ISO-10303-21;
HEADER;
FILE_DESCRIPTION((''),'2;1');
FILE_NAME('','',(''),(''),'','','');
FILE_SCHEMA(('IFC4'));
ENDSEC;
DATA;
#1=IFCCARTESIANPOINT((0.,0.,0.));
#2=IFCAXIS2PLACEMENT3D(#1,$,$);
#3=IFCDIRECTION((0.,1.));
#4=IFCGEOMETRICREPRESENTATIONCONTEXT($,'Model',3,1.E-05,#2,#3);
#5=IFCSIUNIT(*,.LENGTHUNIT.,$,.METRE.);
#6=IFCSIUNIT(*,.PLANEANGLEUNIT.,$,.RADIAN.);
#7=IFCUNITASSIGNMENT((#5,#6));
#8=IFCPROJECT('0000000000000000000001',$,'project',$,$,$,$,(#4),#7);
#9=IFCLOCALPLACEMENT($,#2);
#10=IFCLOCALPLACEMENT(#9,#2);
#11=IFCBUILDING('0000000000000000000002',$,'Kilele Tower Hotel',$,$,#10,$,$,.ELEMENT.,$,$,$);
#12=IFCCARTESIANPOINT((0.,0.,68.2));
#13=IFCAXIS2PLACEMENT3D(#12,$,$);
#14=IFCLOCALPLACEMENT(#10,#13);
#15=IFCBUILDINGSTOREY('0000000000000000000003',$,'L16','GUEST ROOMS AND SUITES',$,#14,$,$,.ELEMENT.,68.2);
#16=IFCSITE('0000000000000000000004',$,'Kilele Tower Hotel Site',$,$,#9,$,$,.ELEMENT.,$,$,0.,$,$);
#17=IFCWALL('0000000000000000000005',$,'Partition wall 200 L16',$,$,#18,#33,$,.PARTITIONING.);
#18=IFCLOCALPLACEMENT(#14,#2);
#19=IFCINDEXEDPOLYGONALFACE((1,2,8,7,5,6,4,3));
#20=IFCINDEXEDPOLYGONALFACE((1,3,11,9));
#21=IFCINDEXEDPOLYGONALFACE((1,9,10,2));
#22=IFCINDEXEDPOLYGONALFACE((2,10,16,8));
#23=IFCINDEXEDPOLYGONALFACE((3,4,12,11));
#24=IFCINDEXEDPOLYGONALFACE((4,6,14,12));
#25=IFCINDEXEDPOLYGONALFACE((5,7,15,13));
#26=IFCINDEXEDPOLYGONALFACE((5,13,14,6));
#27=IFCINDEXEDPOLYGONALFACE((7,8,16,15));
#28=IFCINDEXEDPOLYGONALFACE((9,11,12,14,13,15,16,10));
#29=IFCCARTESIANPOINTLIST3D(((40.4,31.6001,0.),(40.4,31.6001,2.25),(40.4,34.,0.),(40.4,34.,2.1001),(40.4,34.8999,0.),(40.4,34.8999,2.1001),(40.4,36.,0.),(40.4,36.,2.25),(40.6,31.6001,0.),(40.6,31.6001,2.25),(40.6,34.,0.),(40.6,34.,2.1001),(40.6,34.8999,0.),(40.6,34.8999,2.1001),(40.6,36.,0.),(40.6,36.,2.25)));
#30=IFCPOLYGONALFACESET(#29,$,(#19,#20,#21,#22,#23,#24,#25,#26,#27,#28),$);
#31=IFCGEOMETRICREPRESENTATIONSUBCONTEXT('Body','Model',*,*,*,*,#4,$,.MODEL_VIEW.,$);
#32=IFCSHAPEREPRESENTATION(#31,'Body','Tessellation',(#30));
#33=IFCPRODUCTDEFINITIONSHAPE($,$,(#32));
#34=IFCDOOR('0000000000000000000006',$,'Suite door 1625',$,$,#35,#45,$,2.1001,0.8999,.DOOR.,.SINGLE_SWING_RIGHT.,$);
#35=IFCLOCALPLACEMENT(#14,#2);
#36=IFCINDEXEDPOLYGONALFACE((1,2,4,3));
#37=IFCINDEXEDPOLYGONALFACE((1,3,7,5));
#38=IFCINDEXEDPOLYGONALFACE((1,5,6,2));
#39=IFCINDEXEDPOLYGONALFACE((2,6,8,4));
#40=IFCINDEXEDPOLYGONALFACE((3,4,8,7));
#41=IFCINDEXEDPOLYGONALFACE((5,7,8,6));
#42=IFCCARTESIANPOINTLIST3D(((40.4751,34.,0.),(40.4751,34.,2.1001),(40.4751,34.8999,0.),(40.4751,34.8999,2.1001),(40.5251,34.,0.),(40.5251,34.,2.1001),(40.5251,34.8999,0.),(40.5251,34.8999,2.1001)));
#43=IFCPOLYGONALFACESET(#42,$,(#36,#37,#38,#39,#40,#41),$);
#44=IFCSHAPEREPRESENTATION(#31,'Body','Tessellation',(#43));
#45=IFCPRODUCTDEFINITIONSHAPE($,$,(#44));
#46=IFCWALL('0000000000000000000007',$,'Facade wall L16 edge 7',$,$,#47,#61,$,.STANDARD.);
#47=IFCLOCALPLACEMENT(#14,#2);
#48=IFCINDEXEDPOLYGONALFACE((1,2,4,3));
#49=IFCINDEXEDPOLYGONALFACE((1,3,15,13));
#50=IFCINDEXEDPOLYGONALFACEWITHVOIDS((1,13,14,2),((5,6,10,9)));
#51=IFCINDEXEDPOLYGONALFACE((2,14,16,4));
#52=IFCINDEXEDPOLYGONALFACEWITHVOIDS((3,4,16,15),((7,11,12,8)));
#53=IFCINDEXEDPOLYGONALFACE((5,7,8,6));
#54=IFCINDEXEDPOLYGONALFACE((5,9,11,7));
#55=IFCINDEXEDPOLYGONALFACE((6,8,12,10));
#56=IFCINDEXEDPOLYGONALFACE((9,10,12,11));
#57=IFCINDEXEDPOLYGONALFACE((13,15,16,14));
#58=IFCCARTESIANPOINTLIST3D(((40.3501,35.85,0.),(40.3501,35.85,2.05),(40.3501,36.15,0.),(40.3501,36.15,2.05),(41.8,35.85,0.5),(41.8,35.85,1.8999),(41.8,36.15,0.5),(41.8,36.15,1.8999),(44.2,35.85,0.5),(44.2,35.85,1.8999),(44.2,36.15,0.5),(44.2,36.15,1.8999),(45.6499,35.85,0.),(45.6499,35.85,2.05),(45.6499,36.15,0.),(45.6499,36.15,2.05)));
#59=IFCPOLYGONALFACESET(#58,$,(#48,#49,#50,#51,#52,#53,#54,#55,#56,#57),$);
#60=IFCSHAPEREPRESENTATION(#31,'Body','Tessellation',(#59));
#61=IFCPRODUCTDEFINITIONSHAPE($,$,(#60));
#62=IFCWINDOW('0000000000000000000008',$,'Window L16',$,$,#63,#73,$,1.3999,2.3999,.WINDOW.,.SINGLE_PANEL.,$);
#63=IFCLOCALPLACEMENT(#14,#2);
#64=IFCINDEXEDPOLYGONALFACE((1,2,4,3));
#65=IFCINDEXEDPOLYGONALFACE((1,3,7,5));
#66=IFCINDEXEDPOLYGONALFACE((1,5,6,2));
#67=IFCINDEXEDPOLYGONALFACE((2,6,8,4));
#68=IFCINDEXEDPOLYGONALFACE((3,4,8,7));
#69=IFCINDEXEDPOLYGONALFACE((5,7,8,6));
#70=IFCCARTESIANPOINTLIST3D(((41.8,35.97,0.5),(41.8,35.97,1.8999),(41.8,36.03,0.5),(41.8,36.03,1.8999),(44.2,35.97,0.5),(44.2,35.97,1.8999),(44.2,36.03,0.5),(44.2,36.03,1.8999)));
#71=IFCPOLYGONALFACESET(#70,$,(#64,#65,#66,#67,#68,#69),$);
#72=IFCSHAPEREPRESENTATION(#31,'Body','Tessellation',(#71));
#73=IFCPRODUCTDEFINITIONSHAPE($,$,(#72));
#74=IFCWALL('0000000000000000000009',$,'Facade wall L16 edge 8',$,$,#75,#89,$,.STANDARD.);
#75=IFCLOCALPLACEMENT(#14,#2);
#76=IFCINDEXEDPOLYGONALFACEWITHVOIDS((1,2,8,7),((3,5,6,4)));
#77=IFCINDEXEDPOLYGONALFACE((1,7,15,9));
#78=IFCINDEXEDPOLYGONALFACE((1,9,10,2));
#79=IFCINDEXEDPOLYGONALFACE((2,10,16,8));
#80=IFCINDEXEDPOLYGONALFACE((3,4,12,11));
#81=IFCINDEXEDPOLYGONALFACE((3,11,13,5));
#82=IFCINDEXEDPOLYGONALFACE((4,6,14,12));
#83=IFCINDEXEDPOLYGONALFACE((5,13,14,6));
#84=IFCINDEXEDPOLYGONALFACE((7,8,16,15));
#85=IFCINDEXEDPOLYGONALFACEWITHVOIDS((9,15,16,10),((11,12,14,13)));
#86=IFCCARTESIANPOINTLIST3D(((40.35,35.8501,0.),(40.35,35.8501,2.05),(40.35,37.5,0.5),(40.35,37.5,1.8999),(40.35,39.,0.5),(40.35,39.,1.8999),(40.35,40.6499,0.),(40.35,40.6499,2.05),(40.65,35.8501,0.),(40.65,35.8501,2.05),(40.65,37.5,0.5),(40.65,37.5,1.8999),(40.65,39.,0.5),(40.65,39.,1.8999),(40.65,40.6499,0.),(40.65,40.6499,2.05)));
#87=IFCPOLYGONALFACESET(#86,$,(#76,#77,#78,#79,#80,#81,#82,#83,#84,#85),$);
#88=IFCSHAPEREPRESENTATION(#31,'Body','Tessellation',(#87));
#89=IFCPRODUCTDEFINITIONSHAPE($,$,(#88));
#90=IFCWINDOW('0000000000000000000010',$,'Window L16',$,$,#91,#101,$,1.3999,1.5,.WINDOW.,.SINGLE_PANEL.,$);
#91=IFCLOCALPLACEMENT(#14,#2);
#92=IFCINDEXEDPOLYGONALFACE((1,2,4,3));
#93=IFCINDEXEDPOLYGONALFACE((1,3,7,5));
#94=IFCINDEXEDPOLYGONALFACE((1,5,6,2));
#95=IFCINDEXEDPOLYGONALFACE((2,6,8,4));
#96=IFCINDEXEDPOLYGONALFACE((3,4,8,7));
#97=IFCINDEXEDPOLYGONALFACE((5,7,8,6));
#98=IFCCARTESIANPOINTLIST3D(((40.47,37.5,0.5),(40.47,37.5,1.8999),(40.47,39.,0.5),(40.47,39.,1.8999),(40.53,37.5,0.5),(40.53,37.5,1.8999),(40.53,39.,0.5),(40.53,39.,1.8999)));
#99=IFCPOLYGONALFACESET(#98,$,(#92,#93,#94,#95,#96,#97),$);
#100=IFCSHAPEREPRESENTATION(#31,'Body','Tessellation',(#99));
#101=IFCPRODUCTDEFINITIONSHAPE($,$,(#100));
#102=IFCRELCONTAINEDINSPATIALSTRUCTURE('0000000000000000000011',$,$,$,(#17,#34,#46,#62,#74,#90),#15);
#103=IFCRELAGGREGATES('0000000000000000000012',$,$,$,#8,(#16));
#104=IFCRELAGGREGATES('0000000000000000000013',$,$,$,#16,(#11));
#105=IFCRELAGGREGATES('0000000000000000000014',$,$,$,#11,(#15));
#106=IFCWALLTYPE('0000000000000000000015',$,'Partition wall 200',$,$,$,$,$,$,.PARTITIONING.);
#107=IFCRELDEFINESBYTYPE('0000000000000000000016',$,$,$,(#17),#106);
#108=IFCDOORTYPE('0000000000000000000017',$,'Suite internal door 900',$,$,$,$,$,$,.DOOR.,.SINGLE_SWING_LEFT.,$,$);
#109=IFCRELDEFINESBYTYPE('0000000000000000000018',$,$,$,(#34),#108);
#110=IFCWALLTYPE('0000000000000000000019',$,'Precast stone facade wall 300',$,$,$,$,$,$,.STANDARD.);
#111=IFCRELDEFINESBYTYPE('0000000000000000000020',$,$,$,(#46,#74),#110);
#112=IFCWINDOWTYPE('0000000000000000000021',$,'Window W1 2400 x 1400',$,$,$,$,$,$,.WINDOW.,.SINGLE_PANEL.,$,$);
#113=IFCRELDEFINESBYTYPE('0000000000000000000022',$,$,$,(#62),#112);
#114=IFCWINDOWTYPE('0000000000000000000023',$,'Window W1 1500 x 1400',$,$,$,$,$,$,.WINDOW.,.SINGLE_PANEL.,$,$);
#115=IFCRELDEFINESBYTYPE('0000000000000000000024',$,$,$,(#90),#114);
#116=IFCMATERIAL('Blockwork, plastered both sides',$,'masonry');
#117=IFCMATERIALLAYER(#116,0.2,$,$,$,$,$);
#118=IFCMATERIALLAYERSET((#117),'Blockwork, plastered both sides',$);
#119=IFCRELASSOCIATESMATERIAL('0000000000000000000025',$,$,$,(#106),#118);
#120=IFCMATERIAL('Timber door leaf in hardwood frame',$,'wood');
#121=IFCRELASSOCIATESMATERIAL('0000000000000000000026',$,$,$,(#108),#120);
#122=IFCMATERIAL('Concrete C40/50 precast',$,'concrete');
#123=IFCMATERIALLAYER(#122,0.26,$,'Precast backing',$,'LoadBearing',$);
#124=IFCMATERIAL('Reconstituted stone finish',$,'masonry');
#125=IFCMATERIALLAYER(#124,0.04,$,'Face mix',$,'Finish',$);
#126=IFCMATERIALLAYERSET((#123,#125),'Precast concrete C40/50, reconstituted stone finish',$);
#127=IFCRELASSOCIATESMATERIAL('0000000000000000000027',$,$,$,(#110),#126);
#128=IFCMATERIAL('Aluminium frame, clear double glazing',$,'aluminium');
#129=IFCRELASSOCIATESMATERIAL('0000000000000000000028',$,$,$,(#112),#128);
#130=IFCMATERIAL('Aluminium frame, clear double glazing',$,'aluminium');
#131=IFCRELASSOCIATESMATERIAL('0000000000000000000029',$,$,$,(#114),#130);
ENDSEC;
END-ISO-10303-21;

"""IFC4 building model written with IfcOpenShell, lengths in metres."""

from ifc_helpers import new_model, si_unit, direction, frame, frame_2d, origin, place, context, subcontext, project, spatial, rectangle, extrude, material, layer, layer_set, type_object, element, fill, save


model = new_model("IFC4")

# Units and contexts
model_context = context("Model", 3, precision=1e-05, world=origin(), true_north=direction((0.0, 1.0)))
body_context = subcontext(model_context, "Body", "Model", "MODEL_VIEW")
ifc_project = project(units=[si_unit("LENGTHUNIT", "METRE"), si_unit("PLANEANGLEUNIT", "RADIAN")], contexts=[model_context])

# Site, building, storey
site_placement = place(None, origin())
site = spatial("IfcSite", under=ifc_project, at=site_placement, Name="Kilele Tower Hotel Site", CompositionType="ELEMENT", RefElevation=0.0)
building_placement = place(site_placement, origin())
building = spatial("IfcBuilding", under=site, at=building_placement, Name="Kilele Tower Hotel", CompositionType="ELEMENT")
storey_placement = place(building_placement, frame((0.0, 0.0, 68.2)))
storey = spatial("IfcBuildingStorey", under=building, at=storey_placement, Name="L16", Description="GUEST ROOMS AND SUITES", CompositionType="ELEMENT", Elevation=68.2)

# Wall, opening, door
ifc_material_1 = material(Name="Blockwork, plastered both sides", Category="masonry")
ifc_layer_1 = layer(ifc_material_1, 0.2)
ifc_layer_set_1 = layer_set([ifc_layer_1], Name="Blockwork, plastered both sides")
wall_type_1 = type_object("IfcWallType", Name="Partition wall 200", PredefinedType="PARTITIONING", material=ifc_layer_set_1)
wall_1_placement = place(storey_placement, frame((40.5, 31.6001, 0.0), z_axis=(0.0, 0.0, 1.0), x_axis=(0.0, 1.0, 0.0)))
wall_1 = element("IfcWall", 1, at=wall_1_placement, inside=storey, type_object=wall_type_1, Name="Partition wall 200 L16", PredefinedType="PARTITIONING", context=body_context, shape_type="SweptSolid", body=[
    extrude(rectangle(XDim=4.3999, YDim=0.2, at=frame_2d((2.2, 0.0))), origin(), (0.0, 0.0, 1.0), 2.25),
])
opening_1_placement = place(wall_1_placement, frame((2.3999, 0.0, 0.0)))
opening_1 = element("IfcOpeningElement", 2, at=opening_1_placement, cuts=wall_1, PredefinedType="OPENING", context=body_context, shape_type="SweptSolid", body=[
    extrude(rectangle(XDim=0.8999, YDim=2.1001, at=frame_2d((0.45, 1.05))), frame((0.0, 0.1099, 0.0), z_axis=(0.0, -1.0, 0.0), x_axis=(1.0, 0.0, 0.0)), (0.0, 0.0, 1.0), 0.22),
])
ifc_material_2 = material(Name="Timber door leaf in hardwood frame", Category="wood")
door_type_1 = type_object("IfcDoorType", Name="Suite internal door 900", OperationType="SINGLE_SWING_LEFT", PredefinedType="DOOR", material=ifc_material_2)
door_1_placement = place(opening_1_placement, origin())
door_1 = element("IfcDoor", 3, at=door_1_placement, inside=storey, type_object=door_type_1, Name="Suite door 1625", OperationType="SINGLE_SWING_RIGHT", OverallHeight=2.1001, OverallWidth=0.8999, PredefinedType="DOOR", context=body_context, shape_type="SweptSolid", body=[
    extrude(rectangle(XDim=0.8999, YDim=2.1001, at=frame_2d((0.45, 1.05))), frame((0.0, 0.0249, 0.0), z_axis=(0.0, -1.0, 0.0), x_axis=(1.0, 0.0, 0.0)), (0.0, 0.0, 1.0), 0.05),
])
fill(opening_1, door_1)

# Walls, openings, windows
ifc_material_3 = material(Name="Concrete C40/50 precast", Category="concrete")
ifc_layer_2 = layer(ifc_material_3, 0.26, Name="Precast backing", Category="LoadBearing")
ifc_material_4 = material(Name="Reconstituted stone finish", Category="masonry")
ifc_layer_3 = layer(ifc_material_4, 0.04, Name="Face mix", Category="Finish")
ifc_layer_set_2 = layer_set([ifc_layer_2, ifc_layer_3], Name="Precast concrete C40/50, reconstituted stone finish")
wall_type_2 = type_object("IfcWallType", Name="Precast stone facade wall 300", PredefinedType="STANDARD", material=ifc_layer_set_2)
wall_2_placement = place(storey_placement, frame((45.6499, 36.0, 0.0), z_axis=(0.0, 0.0, 1.0), x_axis=(-1.0, 0.0, 0.0)))
wall_2 = element("IfcWall", 4, at=wall_2_placement, inside=storey, type_object=wall_type_2, Name="Facade wall L16 edge 7", PredefinedType="STANDARD", context=body_context, shape_type="SweptSolid", body=[
    extrude(rectangle(XDim=5.2998, YDim=0.3, at=frame_2d((2.6499, 0.0))), origin(), (0.0, 0.0, 1.0), 2.05),
])
opening_2_placement = place(wall_2_placement, frame((1.45, 0.0, 0.5)))
opening_2 = element("IfcOpeningElement", 5, at=opening_2_placement, cuts=wall_2, PredefinedType="OPENING", context=body_context, shape_type="SweptSolid", body=[
    extrude(rectangle(XDim=2.3999, YDim=1.3999, at=frame_2d((1.2, 0.7))), frame((0.0, 0.1599, 0.0), z_axis=(0.0, -1.0, 0.0), x_axis=(1.0, 0.0, 0.0)), (0.0, 0.0, 1.0), 0.3201),
])
ifc_material_5 = material(Name="Aluminium frame, clear double glazing", Category="aluminium")
window_type_1 = type_object("IfcWindowType", Name="Window W1 2400 x 1400", PartitioningType="SINGLE_PANEL", PredefinedType="WINDOW", material=ifc_material_5)
window_1_placement = place(opening_2_placement, origin())
window_1 = element("IfcWindow", 6, at=window_1_placement, inside=storey, type_object=window_type_1, Name="Window L16", OverallHeight=1.3999, OverallWidth=2.3999, PartitioningType="SINGLE_PANEL", PredefinedType="WINDOW", context=body_context, shape_type="SweptSolid", body=[
    extrude(rectangle(XDim=2.3999, YDim=1.3999, at=frame_2d((1.2, 0.7))), frame((0.0, 0.03, 0.0), z_axis=(0.0, -1.0, 0.0), x_axis=(1.0, 0.0, 0.0)), (0.0, 0.0, 1.0), 0.0601),
])
fill(opening_2, window_1)
wall_3_placement = place(storey_placement, frame((40.5, 35.8501, 0.0), z_axis=(0.0, 0.0, 1.0), x_axis=(0.0, 1.0, 0.0)))
wall_3 = element("IfcWall", 7, at=wall_3_placement, inside=storey, type_object=wall_type_2, Name="Facade wall L16 edge 8", PredefinedType="STANDARD", context=body_context, shape_type="SweptSolid", body=[
    extrude(rectangle(XDim=4.7998, YDim=0.3, at=frame_2d((2.3999, 0.0))), origin(), (0.0, 0.0, 1.0), 2.05),
])
opening_3_placement = place(wall_3_placement, frame((1.6499, 0.0, 0.5)))
opening_3 = element("IfcOpeningElement", 8, at=opening_3_placement, cuts=wall_3, PredefinedType="OPENING", context=body_context, shape_type="SweptSolid", body=[
    extrude(rectangle(XDim=1.5, YDim=1.3999, at=frame_2d((0.75, 0.7))), frame((0.0, 0.1599, 0.0), z_axis=(0.0, -1.0, 0.0), x_axis=(1.0, 0.0, 0.0)), (0.0, 0.0, 1.0), 0.3201),
])
ifc_material_6 = material(Name="Aluminium frame, clear double glazing", Category="aluminium")
window_type_2 = type_object("IfcWindowType", Name="Window W1 1500 x 1400", PartitioningType="SINGLE_PANEL", PredefinedType="WINDOW", material=ifc_material_6)
window_2_placement = place(opening_3_placement, origin())
window_2 = element("IfcWindow", 9, at=window_2_placement, inside=storey, type_object=window_type_2, Name="Window L16", OverallHeight=1.3999, OverallWidth=1.5, PartitioningType="SINGLE_PANEL", PredefinedType="WINDOW", context=body_context, shape_type="SweptSolid", body=[
    extrude(rectangle(XDim=1.5, YDim=1.3999, at=frame_2d((0.75, 0.7))), frame((0.0, 0.03, 0.0), z_axis=(0.0, -1.0, 0.0), x_axis=(1.0, 0.0, 0.0)), (0.0, 0.0, 1.0), 0.0601),
])
fill(opening_3, window_2)

save(model, "model.ifc")
